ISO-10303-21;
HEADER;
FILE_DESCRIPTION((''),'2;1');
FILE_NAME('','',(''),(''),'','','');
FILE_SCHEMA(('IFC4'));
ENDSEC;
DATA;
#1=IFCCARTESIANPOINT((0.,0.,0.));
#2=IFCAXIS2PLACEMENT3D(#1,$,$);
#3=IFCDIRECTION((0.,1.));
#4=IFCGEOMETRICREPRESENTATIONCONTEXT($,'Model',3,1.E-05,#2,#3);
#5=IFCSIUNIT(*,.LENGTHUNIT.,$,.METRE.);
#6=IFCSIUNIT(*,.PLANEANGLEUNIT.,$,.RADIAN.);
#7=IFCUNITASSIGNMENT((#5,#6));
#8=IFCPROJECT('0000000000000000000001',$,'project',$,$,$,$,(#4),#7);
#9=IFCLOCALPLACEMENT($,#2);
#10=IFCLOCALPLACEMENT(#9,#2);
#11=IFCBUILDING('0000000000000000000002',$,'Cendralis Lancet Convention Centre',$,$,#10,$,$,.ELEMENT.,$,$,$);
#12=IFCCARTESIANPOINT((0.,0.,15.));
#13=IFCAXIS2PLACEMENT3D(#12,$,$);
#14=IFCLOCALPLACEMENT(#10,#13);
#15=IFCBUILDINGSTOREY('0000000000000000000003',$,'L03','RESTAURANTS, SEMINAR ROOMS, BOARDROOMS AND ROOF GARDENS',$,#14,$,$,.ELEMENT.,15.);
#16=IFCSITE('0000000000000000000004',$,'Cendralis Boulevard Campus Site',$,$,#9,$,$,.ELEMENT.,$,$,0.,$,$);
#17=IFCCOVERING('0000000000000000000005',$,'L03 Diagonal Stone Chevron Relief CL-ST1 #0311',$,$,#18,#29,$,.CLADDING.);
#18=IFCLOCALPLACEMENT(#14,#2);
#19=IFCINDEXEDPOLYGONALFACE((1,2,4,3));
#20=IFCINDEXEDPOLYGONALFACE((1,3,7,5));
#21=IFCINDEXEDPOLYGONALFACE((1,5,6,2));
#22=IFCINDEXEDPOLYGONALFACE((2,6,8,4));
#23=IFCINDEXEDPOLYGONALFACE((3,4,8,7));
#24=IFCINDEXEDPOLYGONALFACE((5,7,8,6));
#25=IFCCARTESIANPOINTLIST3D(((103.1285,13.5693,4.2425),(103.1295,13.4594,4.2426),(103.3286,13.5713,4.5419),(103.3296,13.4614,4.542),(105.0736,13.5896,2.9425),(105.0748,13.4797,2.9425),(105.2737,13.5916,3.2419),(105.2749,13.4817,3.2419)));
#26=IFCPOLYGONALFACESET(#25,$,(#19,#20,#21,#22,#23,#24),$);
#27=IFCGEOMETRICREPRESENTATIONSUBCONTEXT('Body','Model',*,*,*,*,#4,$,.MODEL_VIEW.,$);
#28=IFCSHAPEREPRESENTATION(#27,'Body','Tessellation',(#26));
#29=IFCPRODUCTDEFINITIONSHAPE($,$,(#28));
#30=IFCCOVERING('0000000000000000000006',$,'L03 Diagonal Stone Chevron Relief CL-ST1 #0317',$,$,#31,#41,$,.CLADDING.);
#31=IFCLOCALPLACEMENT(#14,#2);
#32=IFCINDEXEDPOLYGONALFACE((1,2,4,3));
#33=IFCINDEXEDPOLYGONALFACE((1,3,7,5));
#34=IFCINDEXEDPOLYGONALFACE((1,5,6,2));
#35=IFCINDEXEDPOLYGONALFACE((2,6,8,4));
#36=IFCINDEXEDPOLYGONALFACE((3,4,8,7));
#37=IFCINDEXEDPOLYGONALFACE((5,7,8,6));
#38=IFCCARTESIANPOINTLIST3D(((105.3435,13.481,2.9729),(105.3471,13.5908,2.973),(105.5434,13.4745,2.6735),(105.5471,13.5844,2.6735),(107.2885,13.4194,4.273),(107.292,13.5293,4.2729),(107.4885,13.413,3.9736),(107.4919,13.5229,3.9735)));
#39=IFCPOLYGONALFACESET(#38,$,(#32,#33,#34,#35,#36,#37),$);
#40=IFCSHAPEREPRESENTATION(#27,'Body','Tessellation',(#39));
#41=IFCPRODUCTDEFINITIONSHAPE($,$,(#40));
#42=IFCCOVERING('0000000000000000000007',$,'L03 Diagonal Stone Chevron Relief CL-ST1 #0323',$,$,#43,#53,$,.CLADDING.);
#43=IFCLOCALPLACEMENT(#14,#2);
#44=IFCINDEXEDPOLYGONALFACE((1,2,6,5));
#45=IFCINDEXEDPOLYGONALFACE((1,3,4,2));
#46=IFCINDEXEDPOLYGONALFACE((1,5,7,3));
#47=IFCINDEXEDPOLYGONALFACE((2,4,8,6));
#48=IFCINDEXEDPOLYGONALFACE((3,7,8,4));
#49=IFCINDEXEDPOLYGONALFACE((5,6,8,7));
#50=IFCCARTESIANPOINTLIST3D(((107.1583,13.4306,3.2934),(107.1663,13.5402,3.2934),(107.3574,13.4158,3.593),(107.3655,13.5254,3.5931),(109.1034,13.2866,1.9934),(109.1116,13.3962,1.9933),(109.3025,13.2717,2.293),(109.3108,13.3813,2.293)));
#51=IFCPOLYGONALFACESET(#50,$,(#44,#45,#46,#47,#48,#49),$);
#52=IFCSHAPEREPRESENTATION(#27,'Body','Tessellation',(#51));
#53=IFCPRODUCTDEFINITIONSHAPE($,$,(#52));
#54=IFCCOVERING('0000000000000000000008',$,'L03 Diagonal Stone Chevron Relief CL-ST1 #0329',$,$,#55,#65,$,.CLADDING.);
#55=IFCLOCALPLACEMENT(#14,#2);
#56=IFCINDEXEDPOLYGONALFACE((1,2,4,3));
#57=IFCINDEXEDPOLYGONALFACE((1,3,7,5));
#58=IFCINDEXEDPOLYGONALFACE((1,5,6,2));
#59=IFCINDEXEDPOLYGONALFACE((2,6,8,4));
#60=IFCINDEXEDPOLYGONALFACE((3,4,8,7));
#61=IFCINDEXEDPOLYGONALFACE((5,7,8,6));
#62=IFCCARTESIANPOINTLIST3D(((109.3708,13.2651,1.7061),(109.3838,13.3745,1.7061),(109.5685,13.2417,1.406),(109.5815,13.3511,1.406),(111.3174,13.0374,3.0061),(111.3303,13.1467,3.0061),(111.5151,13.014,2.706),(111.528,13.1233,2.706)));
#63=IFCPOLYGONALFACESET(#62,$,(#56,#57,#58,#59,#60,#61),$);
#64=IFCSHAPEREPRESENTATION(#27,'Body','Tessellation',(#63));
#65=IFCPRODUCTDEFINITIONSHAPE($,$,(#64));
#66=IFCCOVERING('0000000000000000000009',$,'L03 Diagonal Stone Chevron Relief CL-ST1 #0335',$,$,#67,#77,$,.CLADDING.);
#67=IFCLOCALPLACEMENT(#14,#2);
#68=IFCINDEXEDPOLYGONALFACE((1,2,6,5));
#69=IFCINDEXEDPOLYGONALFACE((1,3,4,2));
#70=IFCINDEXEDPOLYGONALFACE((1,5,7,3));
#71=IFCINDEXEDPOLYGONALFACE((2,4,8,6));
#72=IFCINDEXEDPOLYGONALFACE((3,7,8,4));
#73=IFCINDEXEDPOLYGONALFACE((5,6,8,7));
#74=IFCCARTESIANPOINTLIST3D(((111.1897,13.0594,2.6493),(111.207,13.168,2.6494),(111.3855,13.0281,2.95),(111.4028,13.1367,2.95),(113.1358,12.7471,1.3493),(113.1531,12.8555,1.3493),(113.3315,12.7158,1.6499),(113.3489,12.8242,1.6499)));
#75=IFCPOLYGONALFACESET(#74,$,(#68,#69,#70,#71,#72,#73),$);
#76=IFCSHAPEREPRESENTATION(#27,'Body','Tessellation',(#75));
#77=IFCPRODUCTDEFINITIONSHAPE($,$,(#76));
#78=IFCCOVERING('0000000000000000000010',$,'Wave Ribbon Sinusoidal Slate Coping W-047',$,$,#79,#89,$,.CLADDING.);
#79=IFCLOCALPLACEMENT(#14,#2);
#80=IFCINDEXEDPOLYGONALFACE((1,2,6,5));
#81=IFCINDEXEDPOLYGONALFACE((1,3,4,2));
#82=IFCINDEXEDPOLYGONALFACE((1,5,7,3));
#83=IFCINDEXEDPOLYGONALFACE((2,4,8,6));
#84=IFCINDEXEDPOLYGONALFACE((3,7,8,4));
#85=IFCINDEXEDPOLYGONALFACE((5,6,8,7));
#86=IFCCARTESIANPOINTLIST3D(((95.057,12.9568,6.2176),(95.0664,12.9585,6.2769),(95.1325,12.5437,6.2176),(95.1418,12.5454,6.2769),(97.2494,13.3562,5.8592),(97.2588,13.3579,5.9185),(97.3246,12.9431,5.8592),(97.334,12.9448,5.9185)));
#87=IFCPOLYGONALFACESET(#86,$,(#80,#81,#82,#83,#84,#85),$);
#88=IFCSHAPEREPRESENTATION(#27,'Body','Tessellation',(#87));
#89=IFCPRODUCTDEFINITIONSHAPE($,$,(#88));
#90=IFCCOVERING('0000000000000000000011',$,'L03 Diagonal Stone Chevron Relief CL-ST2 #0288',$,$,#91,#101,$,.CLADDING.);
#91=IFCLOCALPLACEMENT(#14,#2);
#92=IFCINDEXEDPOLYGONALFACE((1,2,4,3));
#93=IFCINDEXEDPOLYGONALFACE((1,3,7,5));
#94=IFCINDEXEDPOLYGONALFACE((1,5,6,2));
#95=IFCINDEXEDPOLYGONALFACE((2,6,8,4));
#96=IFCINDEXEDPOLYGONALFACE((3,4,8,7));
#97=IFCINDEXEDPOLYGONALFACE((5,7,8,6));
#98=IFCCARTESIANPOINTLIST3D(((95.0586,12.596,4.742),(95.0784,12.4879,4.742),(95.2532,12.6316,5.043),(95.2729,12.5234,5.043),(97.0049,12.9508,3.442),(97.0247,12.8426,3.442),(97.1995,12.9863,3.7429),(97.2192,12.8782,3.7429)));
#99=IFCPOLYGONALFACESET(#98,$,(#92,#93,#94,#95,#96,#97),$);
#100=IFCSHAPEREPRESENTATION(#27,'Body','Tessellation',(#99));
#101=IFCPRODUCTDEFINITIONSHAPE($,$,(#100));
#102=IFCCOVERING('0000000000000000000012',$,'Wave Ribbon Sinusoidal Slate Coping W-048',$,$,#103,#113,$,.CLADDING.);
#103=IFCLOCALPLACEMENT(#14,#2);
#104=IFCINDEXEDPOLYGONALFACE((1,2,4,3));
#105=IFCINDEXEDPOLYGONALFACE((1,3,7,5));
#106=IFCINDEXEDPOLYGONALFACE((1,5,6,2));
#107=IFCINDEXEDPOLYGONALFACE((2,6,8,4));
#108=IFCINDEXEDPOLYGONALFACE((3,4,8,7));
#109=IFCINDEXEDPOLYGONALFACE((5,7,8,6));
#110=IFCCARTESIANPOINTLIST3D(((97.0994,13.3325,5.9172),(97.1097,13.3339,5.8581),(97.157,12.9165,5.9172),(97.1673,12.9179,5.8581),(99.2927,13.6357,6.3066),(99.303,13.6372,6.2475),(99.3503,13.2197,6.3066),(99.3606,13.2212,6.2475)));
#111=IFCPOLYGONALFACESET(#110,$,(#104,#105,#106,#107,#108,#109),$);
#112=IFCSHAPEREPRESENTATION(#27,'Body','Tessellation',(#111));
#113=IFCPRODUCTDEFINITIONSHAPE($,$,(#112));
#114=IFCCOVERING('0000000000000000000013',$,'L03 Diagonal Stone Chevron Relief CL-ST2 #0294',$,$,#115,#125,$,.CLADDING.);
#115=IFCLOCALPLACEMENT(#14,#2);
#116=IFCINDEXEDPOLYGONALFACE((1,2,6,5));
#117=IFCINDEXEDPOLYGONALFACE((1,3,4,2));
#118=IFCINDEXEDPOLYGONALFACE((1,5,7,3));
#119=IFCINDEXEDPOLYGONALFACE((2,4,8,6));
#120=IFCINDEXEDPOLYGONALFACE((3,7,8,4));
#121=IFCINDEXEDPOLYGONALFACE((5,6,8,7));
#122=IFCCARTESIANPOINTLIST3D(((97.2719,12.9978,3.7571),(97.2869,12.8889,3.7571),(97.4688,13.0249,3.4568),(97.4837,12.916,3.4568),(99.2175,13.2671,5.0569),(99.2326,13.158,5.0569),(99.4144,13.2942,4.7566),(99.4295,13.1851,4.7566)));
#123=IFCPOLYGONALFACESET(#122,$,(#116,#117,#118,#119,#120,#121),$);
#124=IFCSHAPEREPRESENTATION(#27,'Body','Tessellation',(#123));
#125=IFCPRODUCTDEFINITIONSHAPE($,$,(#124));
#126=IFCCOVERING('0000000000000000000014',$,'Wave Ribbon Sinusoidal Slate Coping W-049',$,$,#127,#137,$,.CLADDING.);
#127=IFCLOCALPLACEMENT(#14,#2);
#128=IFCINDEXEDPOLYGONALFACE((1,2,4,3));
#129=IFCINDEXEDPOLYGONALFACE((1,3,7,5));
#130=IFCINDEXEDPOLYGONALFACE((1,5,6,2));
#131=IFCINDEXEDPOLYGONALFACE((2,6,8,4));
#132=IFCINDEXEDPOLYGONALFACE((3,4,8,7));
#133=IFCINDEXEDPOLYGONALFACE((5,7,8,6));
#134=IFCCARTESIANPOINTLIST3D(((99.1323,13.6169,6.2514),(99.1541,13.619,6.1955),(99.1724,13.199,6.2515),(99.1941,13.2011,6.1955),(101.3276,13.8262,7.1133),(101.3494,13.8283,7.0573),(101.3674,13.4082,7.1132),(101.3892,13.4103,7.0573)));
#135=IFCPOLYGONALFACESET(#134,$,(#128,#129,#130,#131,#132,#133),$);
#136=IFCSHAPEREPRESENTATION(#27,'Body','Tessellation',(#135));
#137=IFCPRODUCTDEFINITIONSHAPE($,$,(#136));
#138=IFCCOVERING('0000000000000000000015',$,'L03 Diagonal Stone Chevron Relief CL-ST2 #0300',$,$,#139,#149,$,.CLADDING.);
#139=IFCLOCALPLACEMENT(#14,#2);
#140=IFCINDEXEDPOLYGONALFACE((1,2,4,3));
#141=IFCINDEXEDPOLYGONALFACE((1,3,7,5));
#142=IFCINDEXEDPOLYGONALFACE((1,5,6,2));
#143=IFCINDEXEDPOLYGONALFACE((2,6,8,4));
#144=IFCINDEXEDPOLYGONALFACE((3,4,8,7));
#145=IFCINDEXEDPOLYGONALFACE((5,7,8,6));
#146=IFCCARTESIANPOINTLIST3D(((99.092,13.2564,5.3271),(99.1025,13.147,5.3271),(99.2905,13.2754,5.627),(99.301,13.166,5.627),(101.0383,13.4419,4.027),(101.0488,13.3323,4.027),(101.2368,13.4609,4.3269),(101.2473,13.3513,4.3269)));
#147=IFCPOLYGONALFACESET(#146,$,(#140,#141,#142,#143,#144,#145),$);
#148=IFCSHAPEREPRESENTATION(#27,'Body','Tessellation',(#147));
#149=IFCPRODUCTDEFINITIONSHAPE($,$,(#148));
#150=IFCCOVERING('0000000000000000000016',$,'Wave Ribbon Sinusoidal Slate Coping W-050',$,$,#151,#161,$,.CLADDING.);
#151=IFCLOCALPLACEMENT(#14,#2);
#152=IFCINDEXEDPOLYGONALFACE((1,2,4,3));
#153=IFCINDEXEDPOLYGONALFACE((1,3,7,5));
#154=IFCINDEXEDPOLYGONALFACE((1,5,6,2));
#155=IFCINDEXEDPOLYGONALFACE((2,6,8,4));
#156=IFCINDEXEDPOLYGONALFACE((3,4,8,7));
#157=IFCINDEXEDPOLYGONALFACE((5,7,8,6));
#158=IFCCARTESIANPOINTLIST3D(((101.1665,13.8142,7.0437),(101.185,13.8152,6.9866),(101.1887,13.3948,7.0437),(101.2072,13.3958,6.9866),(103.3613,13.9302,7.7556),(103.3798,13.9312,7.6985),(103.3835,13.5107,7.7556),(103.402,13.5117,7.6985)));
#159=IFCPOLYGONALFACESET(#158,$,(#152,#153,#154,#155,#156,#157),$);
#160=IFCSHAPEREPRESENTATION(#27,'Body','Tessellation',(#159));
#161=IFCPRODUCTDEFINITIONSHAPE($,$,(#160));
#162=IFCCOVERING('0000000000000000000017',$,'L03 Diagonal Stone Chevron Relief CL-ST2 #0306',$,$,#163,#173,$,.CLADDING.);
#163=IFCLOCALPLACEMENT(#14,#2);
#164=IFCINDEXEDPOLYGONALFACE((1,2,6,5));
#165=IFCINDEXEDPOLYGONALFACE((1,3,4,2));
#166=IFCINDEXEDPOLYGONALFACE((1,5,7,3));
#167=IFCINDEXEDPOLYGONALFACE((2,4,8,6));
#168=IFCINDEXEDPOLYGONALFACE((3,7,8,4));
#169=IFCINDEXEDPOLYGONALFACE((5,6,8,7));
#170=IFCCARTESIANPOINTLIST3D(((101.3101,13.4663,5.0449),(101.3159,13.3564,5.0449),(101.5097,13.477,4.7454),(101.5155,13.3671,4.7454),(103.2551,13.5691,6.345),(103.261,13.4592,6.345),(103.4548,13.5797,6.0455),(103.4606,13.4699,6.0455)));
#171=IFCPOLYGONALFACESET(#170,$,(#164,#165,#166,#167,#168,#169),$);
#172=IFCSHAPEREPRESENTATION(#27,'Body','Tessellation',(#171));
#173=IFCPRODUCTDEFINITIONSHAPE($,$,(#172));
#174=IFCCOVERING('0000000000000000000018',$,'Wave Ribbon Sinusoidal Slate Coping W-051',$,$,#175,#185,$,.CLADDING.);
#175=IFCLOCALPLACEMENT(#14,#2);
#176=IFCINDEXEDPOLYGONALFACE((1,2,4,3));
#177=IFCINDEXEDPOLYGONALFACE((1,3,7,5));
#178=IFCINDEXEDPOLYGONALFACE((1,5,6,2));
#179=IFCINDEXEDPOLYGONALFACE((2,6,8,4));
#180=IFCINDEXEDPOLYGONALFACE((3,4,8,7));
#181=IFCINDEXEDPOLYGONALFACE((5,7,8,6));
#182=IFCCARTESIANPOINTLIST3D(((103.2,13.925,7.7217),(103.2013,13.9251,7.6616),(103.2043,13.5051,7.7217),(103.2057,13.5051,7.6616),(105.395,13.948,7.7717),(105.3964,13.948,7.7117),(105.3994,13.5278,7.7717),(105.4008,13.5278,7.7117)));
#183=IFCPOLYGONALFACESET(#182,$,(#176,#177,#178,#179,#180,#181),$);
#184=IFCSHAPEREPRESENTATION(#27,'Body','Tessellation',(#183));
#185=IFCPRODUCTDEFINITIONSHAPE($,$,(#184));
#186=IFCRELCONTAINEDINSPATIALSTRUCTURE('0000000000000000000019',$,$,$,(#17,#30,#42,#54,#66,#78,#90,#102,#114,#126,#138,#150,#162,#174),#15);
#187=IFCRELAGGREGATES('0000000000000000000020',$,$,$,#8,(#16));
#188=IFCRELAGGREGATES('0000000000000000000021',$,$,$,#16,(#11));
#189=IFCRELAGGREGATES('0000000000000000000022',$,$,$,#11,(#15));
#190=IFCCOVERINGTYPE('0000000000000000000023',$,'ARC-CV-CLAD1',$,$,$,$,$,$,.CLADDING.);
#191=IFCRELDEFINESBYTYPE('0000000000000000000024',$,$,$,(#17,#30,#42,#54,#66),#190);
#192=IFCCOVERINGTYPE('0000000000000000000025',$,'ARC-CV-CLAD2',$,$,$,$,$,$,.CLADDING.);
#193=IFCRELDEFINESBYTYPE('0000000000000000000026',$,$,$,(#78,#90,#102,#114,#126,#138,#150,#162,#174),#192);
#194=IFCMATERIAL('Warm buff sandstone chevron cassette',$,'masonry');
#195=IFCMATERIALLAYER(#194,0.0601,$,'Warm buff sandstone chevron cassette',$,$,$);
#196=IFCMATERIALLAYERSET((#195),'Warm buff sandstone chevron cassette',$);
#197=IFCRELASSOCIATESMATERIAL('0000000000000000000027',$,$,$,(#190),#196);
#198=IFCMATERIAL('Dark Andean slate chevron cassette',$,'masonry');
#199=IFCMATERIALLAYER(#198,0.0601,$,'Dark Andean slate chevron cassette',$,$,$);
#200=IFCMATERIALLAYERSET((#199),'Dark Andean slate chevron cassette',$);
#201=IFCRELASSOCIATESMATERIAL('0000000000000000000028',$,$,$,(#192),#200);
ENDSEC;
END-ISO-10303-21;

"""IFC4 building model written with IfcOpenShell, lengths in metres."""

from ifc_helpers import new_model, si_unit, direction, frame, origin, place, context, subcontext, project, spatial, polyline, outline, extrude, material, layer, layer_set, type_object, element, save


model = new_model("IFC4")

# Units and contexts
model_context = context("Model", 3, precision=1e-05, world=origin(), true_north=direction((0.0, 1.0)))
body_context = subcontext(model_context, "Body", "Model", "MODEL_VIEW")
ifc_project = project(units=[si_unit("LENGTHUNIT", "METRE"), si_unit("PLANEANGLEUNIT", "RADIAN")], contexts=[model_context])

# Site, building, storey
site_placement = place(None, origin())
site = spatial("IfcSite", under=ifc_project, at=site_placement, Name="Cendralis Boulevard Campus Site", CompositionType="ELEMENT", RefElevation=0.0)
building_placement = place(site_placement, origin())
building = spatial("IfcBuilding", under=site, at=building_placement, Name="Cendralis Lancet Convention Centre", CompositionType="ELEMENT")
storey_placement = place(building_placement, frame((0.0, 0.0, 15.0)))
storey = spatial("IfcBuildingStorey", under=building, at=storey_placement, Name="L03", Description="RESTAURANTS, SEMINAR ROOMS, BOARDROOMS AND ROOF GARDENS", CompositionType="ELEMENT", Elevation=15.0)

# Shared definitions
ifc_material_1 = material(Name="Warm buff sandstone chevron cassette", Category="masonry")
ifc_material_2 = material(Name="Dark Andean slate chevron cassette", Category="masonry")

# Coverings
ifc_layer_1 = layer(ifc_material_1, 0.0601, Name="Warm buff sandstone chevron cassette")
ifc_layer_set_1 = layer_set([ifc_layer_1], Name="Warm buff sandstone chevron cassette")
covering_type_1 = type_object("IfcCoveringType", Name="ARC-CV-CLAD1", PredefinedType="CLADDING", material=ifc_layer_set_1)
covering_1_placement = place(storey_placement, frame((103.3296, 13.4614, 4.542), z_axis=(0.555614, 0.005556, 0.831421), x_axis=(0.831376, 0.00866, -0.555642)))
element("IfcCovering", 1, at=covering_1_placement, inside=storey, type_object=covering_type_1, Name="L03 Diagonal Stone Chevron Relief CL-ST1 #0311", PredefinedType="CLADDING", context=body_context, shape_type="SweptSolid", body=[
    extrude(outline(polyline([(0.0, 0.0), (2.3398, 0.0), (2.3398, 0.1099), (0.0001, 0.1099), (0.0, 0.0)])), origin(), (0.0, 0.0, -1.0), 0.3601),
])
covering_2_placement = place(storey_placement, frame((105.3435, 13.481, 2.9729), z_axis=(-0.555231, 0.017891, 0.831504), x_axis=(0.831088, -0.026288, 0.555519)))
element("IfcCovering", 2, at=covering_2_placement, inside=storey, type_object=covering_type_1, Name="L03 Diagonal Stone Chevron Relief CL-ST1 #0317", PredefinedType="CLADDING", context=body_context, shape_type="SweptSolid", body=[
    extrude(outline(polyline([(0.0, 0.0), (2.3403, 0.0), (2.3403, 0.1099), (0.0002, 0.1099), (0.0, 0.0)])), origin(), (0.0, 0.0, -1.0), 0.3601),
])
covering_3_placement = place(storey_placement, frame((107.3574, 13.4158, 3.593), z_axis=(0.553076, -0.041265, 0.832108), x_axis=(0.829836, -0.061454, -0.554613)))
element("IfcCovering", 3, at=covering_3_placement, inside=storey, type_object=covering_type_1, Name="L03 Diagonal Stone Chevron Relief CL-ST1 #0323", PredefinedType="CLADDING", context=body_context, shape_type="SweptSolid", body=[
    extrude(outline(polyline([(0.0, 0.0), (2.344, 0.0), (2.3441, 0.1099), (-0.0001, 0.1099), (0.0, 0.0)])), origin(), (0.0, 0.0, -1.0), 0.3601),
])
covering_4_placement = place(storey_placement, frame((109.3708, 13.2651, 1.7061), z_axis=(-0.548959, 0.064944, 0.833322), x_axis=(0.827675, -0.096854, 0.552787)))
element("IfcCovering", 4, at=covering_4_placement, inside=storey, type_object=covering_type_1, Name="L03 Diagonal Stone Chevron Relief CL-ST1 #0329", PredefinedType="CLADDING", context=body_context, shape_type="SweptSolid", body=[
    extrude(outline(polyline([(0.0, 0.0), (2.3518, 0.0), (2.3519, 0.1101), (0.0001, 0.1101), (0.0, 0.0)])), origin(), (0.0, 0.0, -1.0), 0.3601),
])
covering_5_placement = place(storey_placement, frame((111.3855, 13.0281, 2.95), z_axis=(0.543719, -0.086848, 0.834762), x_axis=(0.824219, -0.132251, -0.550611)))
element("IfcCovering", 5, at=covering_5_placement, inside=storey, type_object=covering_type_1, Name="L03 Diagonal Stone Chevron Relief CL-ST1 #0335", PredefinedType="CLADDING", context=body_context, shape_type="SweptSolid", body=[
    extrude(outline(polyline([(0.0, 0.0), (2.3611, 0.0), (2.361, 0.1098), (-0.0001, 0.11), (0.0, 0.0)])), origin(), (0.0, 0.0, -1.0), 0.3601),
])
ifc_layer_2 = layer(ifc_material_2, 0.0601, Name="Dark Andean slate chevron cassette")
ifc_layer_set_2 = layer_set([ifc_layer_2], Name="Dark Andean slate chevron cassette")
covering_type_2 = type_object("IfcCoveringType", Name="ARC-CV-CLAD2", PredefinedType="CLADDING", material=ifc_layer_set_2)
covering_6_placement = place(storey_placement, frame((95.1418, 12.5454, 6.2769), z_axis=(0.15622, 0.028483, 0.987312), x_axis=(0.97132, 0.176977, -0.158795)))
element("IfcCovering", 6, at=covering_6_placement, inside=storey, type_object=covering_type_2, Name="Wave Ribbon Sinusoidal Slate Coping W-047", PredefinedType="CLADDING", context=body_context, shape_type="SweptSolid", body=[
    extrude(outline(polyline([(0.0, 0.0), (2.2569, 0.0), (2.2569, 0.4199), (-0.0002, 0.4199), (0.0, 0.0)])), origin(), (0.0, 0.0, -1.0), 0.0601),
])
covering_7_placement = place(storey_placement, frame((95.2729, 12.5234, 5.043), z_axis=(0.540219, 0.098776, 0.835708), x_axis=(0.822163, 0.14985, -0.549175)))
element("IfcCovering", 7, at=covering_7_placement, inside=storey, type_object=covering_type_2, Name="L03 Diagonal Stone Chevron Relief CL-ST2 #0288", PredefinedType="CLADDING", context=body_context, shape_type="SweptSolid", body=[
    extrude(outline(polyline([(0.0, 0.0), (2.3673, 0.0), (2.3672, 0.1099), (-0.0001, 0.1099), (0.0, 0.0)])), origin(), (0.0, 0.0, -1.0), 0.3601),
])
covering_8_placement = place(storey_placement, frame((97.157, 12.9165, 5.9172), z_axis=(-0.171569, -0.023762, 0.984885), x_axis=(0.975607, 0.134873, 0.173207)))
element("IfcCovering", 8, at=covering_8_placement, inside=storey, type_object=covering_type_2, Name="Wave Ribbon Sinusoidal Slate Coping W-048", PredefinedType="CLADDING", context=body_context, shape_type="SweptSolid", body=[
    extrude(outline(polyline([(0.0, 0.0), (2.2482, 0.0), (2.2481, 0.42), (-0.0001, 0.42), (0.0, 0.0)])), origin(), (0.0, 0.0, -1.0), 0.0601),
])
covering_9_placement = place(storey_placement, frame((97.2869, 12.8889, 3.7571), z_axis=(-0.546694, -0.075301, 0.83394), x_axis=(0.826081, 0.114221, 0.551855)))
element("IfcCovering", 9, at=covering_9_placement, inside=storey, type_object=covering_type_2, Name="L03 Diagonal Stone Chevron Relief CL-ST2 #0294", PredefinedType="CLADDING", context=body_context, shape_type="SweptSolid", body=[
    extrude(outline(polyline([(0.0, 0.0), (2.3554, 0.0), (2.3554, 0.1102), (0.0001, 0.1099), (0.0, 0.0)])), origin(), (0.0, 0.0, -1.0), 0.3601),
])
covering_10_placement = place(storey_placement, frame((99.1724, 13.199, 6.2515), z_axis=(-0.362361, -0.034606, 0.931395), x_axis=(0.927193, 0.088378, 0.36401)))
element("IfcCovering", 10, at=covering_10_placement, inside=storey, type_object=covering_type_2, Name="Wave Ribbon Sinusoidal Slate Coping W-049", PredefinedType="CLADDING", context=body_context, shape_type="SweptSolid", body=[
    extrude(outline(polyline([(0.0, 0.0), (2.3675, 0.0), (2.3675, 0.4199), (-0.0002, 0.4199), (0.0, 0.0)])), origin(), (0.0, 0.0, -1.0), 0.0601),
])
covering_11_placement = place(storey_placement, frame((99.301, 13.166, 5.627), z_axis=(0.551184, 0.052845, 0.832709), x_axis=(0.82896, 0.078924, -0.553711)))
element("IfcCovering", 11, at=covering_11_placement, inside=storey, type_object=covering_type_2, Name="L03 Diagonal Stone Chevron Relief CL-ST2 #0300", PredefinedType="CLADDING", context=body_context, shape_type="SweptSolid", body=[
    extrude(outline(polyline([(0.0, 0.0), (2.3479, 0.0), (2.3478, 0.1101), (-0.0001, 0.1099), (0.0, 0.0)])), origin(), (0.0, 0.0, -1.0), 0.3601),
])
covering_12_placement = place(storey_placement, frame((101.1887, 13.3948, 7.0437), z_axis=(-0.307715, -0.016299, 0.951339), x_axis=(0.950014, 0.050195, 0.308147)))
element("IfcCovering", 12, at=covering_12_placement, inside=storey, type_object=covering_type_2, Name="Wave Ribbon Sinusoidal Slate Coping W-050", PredefinedType="CLADDING", context=body_context, shape_type="SweptSolid", body=[
    extrude(outline(polyline([(0.0, 0.0), (2.3103, 0.0), (2.3103, 0.42), (-0.0001, 0.42), (0.0, 0.0)])), origin(), (0.0, 0.0, -1.0), 0.0601),
])
covering_13_placement = place(storey_placement, frame((101.3159, 13.3564, 5.0449), z_axis=(-0.554364, -0.029566, 0.831749), x_axis=(0.83059, 0.043891, 0.555152)))
element("IfcCovering", 13, at=covering_13_placement, inside=storey, type_object=covering_type_2, Name="L03 Diagonal Stone Chevron Relief CL-ST2 #0306", PredefinedType="CLADDING", context=body_context, shape_type="SweptSolid", body=[
    extrude(outline(polyline([(0.0, 0.0), (2.3418, 0.0), (2.3417, 0.11), (0.0, 0.11), (0.0, 0.0)])), origin(), (0.0, 0.0, -1.0), 0.3601),
])
covering_14_placement = place(storey_placement, frame((103.2043, 13.5051, 7.7217), z_axis=(-0.022792, -0.000238, 0.99974), x_axis=(0.999687, 0.01034, 0.022793)))
element("IfcCovering", 14, at=covering_14_placement, inside=storey, type_object=covering_type_2, Name="Wave Ribbon Sinusoidal Slate Coping W-051", PredefinedType="CLADDING", context=body_context, shape_type="SweptSolid", body=[
    extrude(outline(polyline([(0.0, 0.0), (2.1958, 0.0), (2.1957, 0.4202), (-0.0001, 0.4199), (0.0, 0.0)])), origin(), (0.0, 0.0, -1.0), 0.0601),
])

save(model, "model.ifc")
